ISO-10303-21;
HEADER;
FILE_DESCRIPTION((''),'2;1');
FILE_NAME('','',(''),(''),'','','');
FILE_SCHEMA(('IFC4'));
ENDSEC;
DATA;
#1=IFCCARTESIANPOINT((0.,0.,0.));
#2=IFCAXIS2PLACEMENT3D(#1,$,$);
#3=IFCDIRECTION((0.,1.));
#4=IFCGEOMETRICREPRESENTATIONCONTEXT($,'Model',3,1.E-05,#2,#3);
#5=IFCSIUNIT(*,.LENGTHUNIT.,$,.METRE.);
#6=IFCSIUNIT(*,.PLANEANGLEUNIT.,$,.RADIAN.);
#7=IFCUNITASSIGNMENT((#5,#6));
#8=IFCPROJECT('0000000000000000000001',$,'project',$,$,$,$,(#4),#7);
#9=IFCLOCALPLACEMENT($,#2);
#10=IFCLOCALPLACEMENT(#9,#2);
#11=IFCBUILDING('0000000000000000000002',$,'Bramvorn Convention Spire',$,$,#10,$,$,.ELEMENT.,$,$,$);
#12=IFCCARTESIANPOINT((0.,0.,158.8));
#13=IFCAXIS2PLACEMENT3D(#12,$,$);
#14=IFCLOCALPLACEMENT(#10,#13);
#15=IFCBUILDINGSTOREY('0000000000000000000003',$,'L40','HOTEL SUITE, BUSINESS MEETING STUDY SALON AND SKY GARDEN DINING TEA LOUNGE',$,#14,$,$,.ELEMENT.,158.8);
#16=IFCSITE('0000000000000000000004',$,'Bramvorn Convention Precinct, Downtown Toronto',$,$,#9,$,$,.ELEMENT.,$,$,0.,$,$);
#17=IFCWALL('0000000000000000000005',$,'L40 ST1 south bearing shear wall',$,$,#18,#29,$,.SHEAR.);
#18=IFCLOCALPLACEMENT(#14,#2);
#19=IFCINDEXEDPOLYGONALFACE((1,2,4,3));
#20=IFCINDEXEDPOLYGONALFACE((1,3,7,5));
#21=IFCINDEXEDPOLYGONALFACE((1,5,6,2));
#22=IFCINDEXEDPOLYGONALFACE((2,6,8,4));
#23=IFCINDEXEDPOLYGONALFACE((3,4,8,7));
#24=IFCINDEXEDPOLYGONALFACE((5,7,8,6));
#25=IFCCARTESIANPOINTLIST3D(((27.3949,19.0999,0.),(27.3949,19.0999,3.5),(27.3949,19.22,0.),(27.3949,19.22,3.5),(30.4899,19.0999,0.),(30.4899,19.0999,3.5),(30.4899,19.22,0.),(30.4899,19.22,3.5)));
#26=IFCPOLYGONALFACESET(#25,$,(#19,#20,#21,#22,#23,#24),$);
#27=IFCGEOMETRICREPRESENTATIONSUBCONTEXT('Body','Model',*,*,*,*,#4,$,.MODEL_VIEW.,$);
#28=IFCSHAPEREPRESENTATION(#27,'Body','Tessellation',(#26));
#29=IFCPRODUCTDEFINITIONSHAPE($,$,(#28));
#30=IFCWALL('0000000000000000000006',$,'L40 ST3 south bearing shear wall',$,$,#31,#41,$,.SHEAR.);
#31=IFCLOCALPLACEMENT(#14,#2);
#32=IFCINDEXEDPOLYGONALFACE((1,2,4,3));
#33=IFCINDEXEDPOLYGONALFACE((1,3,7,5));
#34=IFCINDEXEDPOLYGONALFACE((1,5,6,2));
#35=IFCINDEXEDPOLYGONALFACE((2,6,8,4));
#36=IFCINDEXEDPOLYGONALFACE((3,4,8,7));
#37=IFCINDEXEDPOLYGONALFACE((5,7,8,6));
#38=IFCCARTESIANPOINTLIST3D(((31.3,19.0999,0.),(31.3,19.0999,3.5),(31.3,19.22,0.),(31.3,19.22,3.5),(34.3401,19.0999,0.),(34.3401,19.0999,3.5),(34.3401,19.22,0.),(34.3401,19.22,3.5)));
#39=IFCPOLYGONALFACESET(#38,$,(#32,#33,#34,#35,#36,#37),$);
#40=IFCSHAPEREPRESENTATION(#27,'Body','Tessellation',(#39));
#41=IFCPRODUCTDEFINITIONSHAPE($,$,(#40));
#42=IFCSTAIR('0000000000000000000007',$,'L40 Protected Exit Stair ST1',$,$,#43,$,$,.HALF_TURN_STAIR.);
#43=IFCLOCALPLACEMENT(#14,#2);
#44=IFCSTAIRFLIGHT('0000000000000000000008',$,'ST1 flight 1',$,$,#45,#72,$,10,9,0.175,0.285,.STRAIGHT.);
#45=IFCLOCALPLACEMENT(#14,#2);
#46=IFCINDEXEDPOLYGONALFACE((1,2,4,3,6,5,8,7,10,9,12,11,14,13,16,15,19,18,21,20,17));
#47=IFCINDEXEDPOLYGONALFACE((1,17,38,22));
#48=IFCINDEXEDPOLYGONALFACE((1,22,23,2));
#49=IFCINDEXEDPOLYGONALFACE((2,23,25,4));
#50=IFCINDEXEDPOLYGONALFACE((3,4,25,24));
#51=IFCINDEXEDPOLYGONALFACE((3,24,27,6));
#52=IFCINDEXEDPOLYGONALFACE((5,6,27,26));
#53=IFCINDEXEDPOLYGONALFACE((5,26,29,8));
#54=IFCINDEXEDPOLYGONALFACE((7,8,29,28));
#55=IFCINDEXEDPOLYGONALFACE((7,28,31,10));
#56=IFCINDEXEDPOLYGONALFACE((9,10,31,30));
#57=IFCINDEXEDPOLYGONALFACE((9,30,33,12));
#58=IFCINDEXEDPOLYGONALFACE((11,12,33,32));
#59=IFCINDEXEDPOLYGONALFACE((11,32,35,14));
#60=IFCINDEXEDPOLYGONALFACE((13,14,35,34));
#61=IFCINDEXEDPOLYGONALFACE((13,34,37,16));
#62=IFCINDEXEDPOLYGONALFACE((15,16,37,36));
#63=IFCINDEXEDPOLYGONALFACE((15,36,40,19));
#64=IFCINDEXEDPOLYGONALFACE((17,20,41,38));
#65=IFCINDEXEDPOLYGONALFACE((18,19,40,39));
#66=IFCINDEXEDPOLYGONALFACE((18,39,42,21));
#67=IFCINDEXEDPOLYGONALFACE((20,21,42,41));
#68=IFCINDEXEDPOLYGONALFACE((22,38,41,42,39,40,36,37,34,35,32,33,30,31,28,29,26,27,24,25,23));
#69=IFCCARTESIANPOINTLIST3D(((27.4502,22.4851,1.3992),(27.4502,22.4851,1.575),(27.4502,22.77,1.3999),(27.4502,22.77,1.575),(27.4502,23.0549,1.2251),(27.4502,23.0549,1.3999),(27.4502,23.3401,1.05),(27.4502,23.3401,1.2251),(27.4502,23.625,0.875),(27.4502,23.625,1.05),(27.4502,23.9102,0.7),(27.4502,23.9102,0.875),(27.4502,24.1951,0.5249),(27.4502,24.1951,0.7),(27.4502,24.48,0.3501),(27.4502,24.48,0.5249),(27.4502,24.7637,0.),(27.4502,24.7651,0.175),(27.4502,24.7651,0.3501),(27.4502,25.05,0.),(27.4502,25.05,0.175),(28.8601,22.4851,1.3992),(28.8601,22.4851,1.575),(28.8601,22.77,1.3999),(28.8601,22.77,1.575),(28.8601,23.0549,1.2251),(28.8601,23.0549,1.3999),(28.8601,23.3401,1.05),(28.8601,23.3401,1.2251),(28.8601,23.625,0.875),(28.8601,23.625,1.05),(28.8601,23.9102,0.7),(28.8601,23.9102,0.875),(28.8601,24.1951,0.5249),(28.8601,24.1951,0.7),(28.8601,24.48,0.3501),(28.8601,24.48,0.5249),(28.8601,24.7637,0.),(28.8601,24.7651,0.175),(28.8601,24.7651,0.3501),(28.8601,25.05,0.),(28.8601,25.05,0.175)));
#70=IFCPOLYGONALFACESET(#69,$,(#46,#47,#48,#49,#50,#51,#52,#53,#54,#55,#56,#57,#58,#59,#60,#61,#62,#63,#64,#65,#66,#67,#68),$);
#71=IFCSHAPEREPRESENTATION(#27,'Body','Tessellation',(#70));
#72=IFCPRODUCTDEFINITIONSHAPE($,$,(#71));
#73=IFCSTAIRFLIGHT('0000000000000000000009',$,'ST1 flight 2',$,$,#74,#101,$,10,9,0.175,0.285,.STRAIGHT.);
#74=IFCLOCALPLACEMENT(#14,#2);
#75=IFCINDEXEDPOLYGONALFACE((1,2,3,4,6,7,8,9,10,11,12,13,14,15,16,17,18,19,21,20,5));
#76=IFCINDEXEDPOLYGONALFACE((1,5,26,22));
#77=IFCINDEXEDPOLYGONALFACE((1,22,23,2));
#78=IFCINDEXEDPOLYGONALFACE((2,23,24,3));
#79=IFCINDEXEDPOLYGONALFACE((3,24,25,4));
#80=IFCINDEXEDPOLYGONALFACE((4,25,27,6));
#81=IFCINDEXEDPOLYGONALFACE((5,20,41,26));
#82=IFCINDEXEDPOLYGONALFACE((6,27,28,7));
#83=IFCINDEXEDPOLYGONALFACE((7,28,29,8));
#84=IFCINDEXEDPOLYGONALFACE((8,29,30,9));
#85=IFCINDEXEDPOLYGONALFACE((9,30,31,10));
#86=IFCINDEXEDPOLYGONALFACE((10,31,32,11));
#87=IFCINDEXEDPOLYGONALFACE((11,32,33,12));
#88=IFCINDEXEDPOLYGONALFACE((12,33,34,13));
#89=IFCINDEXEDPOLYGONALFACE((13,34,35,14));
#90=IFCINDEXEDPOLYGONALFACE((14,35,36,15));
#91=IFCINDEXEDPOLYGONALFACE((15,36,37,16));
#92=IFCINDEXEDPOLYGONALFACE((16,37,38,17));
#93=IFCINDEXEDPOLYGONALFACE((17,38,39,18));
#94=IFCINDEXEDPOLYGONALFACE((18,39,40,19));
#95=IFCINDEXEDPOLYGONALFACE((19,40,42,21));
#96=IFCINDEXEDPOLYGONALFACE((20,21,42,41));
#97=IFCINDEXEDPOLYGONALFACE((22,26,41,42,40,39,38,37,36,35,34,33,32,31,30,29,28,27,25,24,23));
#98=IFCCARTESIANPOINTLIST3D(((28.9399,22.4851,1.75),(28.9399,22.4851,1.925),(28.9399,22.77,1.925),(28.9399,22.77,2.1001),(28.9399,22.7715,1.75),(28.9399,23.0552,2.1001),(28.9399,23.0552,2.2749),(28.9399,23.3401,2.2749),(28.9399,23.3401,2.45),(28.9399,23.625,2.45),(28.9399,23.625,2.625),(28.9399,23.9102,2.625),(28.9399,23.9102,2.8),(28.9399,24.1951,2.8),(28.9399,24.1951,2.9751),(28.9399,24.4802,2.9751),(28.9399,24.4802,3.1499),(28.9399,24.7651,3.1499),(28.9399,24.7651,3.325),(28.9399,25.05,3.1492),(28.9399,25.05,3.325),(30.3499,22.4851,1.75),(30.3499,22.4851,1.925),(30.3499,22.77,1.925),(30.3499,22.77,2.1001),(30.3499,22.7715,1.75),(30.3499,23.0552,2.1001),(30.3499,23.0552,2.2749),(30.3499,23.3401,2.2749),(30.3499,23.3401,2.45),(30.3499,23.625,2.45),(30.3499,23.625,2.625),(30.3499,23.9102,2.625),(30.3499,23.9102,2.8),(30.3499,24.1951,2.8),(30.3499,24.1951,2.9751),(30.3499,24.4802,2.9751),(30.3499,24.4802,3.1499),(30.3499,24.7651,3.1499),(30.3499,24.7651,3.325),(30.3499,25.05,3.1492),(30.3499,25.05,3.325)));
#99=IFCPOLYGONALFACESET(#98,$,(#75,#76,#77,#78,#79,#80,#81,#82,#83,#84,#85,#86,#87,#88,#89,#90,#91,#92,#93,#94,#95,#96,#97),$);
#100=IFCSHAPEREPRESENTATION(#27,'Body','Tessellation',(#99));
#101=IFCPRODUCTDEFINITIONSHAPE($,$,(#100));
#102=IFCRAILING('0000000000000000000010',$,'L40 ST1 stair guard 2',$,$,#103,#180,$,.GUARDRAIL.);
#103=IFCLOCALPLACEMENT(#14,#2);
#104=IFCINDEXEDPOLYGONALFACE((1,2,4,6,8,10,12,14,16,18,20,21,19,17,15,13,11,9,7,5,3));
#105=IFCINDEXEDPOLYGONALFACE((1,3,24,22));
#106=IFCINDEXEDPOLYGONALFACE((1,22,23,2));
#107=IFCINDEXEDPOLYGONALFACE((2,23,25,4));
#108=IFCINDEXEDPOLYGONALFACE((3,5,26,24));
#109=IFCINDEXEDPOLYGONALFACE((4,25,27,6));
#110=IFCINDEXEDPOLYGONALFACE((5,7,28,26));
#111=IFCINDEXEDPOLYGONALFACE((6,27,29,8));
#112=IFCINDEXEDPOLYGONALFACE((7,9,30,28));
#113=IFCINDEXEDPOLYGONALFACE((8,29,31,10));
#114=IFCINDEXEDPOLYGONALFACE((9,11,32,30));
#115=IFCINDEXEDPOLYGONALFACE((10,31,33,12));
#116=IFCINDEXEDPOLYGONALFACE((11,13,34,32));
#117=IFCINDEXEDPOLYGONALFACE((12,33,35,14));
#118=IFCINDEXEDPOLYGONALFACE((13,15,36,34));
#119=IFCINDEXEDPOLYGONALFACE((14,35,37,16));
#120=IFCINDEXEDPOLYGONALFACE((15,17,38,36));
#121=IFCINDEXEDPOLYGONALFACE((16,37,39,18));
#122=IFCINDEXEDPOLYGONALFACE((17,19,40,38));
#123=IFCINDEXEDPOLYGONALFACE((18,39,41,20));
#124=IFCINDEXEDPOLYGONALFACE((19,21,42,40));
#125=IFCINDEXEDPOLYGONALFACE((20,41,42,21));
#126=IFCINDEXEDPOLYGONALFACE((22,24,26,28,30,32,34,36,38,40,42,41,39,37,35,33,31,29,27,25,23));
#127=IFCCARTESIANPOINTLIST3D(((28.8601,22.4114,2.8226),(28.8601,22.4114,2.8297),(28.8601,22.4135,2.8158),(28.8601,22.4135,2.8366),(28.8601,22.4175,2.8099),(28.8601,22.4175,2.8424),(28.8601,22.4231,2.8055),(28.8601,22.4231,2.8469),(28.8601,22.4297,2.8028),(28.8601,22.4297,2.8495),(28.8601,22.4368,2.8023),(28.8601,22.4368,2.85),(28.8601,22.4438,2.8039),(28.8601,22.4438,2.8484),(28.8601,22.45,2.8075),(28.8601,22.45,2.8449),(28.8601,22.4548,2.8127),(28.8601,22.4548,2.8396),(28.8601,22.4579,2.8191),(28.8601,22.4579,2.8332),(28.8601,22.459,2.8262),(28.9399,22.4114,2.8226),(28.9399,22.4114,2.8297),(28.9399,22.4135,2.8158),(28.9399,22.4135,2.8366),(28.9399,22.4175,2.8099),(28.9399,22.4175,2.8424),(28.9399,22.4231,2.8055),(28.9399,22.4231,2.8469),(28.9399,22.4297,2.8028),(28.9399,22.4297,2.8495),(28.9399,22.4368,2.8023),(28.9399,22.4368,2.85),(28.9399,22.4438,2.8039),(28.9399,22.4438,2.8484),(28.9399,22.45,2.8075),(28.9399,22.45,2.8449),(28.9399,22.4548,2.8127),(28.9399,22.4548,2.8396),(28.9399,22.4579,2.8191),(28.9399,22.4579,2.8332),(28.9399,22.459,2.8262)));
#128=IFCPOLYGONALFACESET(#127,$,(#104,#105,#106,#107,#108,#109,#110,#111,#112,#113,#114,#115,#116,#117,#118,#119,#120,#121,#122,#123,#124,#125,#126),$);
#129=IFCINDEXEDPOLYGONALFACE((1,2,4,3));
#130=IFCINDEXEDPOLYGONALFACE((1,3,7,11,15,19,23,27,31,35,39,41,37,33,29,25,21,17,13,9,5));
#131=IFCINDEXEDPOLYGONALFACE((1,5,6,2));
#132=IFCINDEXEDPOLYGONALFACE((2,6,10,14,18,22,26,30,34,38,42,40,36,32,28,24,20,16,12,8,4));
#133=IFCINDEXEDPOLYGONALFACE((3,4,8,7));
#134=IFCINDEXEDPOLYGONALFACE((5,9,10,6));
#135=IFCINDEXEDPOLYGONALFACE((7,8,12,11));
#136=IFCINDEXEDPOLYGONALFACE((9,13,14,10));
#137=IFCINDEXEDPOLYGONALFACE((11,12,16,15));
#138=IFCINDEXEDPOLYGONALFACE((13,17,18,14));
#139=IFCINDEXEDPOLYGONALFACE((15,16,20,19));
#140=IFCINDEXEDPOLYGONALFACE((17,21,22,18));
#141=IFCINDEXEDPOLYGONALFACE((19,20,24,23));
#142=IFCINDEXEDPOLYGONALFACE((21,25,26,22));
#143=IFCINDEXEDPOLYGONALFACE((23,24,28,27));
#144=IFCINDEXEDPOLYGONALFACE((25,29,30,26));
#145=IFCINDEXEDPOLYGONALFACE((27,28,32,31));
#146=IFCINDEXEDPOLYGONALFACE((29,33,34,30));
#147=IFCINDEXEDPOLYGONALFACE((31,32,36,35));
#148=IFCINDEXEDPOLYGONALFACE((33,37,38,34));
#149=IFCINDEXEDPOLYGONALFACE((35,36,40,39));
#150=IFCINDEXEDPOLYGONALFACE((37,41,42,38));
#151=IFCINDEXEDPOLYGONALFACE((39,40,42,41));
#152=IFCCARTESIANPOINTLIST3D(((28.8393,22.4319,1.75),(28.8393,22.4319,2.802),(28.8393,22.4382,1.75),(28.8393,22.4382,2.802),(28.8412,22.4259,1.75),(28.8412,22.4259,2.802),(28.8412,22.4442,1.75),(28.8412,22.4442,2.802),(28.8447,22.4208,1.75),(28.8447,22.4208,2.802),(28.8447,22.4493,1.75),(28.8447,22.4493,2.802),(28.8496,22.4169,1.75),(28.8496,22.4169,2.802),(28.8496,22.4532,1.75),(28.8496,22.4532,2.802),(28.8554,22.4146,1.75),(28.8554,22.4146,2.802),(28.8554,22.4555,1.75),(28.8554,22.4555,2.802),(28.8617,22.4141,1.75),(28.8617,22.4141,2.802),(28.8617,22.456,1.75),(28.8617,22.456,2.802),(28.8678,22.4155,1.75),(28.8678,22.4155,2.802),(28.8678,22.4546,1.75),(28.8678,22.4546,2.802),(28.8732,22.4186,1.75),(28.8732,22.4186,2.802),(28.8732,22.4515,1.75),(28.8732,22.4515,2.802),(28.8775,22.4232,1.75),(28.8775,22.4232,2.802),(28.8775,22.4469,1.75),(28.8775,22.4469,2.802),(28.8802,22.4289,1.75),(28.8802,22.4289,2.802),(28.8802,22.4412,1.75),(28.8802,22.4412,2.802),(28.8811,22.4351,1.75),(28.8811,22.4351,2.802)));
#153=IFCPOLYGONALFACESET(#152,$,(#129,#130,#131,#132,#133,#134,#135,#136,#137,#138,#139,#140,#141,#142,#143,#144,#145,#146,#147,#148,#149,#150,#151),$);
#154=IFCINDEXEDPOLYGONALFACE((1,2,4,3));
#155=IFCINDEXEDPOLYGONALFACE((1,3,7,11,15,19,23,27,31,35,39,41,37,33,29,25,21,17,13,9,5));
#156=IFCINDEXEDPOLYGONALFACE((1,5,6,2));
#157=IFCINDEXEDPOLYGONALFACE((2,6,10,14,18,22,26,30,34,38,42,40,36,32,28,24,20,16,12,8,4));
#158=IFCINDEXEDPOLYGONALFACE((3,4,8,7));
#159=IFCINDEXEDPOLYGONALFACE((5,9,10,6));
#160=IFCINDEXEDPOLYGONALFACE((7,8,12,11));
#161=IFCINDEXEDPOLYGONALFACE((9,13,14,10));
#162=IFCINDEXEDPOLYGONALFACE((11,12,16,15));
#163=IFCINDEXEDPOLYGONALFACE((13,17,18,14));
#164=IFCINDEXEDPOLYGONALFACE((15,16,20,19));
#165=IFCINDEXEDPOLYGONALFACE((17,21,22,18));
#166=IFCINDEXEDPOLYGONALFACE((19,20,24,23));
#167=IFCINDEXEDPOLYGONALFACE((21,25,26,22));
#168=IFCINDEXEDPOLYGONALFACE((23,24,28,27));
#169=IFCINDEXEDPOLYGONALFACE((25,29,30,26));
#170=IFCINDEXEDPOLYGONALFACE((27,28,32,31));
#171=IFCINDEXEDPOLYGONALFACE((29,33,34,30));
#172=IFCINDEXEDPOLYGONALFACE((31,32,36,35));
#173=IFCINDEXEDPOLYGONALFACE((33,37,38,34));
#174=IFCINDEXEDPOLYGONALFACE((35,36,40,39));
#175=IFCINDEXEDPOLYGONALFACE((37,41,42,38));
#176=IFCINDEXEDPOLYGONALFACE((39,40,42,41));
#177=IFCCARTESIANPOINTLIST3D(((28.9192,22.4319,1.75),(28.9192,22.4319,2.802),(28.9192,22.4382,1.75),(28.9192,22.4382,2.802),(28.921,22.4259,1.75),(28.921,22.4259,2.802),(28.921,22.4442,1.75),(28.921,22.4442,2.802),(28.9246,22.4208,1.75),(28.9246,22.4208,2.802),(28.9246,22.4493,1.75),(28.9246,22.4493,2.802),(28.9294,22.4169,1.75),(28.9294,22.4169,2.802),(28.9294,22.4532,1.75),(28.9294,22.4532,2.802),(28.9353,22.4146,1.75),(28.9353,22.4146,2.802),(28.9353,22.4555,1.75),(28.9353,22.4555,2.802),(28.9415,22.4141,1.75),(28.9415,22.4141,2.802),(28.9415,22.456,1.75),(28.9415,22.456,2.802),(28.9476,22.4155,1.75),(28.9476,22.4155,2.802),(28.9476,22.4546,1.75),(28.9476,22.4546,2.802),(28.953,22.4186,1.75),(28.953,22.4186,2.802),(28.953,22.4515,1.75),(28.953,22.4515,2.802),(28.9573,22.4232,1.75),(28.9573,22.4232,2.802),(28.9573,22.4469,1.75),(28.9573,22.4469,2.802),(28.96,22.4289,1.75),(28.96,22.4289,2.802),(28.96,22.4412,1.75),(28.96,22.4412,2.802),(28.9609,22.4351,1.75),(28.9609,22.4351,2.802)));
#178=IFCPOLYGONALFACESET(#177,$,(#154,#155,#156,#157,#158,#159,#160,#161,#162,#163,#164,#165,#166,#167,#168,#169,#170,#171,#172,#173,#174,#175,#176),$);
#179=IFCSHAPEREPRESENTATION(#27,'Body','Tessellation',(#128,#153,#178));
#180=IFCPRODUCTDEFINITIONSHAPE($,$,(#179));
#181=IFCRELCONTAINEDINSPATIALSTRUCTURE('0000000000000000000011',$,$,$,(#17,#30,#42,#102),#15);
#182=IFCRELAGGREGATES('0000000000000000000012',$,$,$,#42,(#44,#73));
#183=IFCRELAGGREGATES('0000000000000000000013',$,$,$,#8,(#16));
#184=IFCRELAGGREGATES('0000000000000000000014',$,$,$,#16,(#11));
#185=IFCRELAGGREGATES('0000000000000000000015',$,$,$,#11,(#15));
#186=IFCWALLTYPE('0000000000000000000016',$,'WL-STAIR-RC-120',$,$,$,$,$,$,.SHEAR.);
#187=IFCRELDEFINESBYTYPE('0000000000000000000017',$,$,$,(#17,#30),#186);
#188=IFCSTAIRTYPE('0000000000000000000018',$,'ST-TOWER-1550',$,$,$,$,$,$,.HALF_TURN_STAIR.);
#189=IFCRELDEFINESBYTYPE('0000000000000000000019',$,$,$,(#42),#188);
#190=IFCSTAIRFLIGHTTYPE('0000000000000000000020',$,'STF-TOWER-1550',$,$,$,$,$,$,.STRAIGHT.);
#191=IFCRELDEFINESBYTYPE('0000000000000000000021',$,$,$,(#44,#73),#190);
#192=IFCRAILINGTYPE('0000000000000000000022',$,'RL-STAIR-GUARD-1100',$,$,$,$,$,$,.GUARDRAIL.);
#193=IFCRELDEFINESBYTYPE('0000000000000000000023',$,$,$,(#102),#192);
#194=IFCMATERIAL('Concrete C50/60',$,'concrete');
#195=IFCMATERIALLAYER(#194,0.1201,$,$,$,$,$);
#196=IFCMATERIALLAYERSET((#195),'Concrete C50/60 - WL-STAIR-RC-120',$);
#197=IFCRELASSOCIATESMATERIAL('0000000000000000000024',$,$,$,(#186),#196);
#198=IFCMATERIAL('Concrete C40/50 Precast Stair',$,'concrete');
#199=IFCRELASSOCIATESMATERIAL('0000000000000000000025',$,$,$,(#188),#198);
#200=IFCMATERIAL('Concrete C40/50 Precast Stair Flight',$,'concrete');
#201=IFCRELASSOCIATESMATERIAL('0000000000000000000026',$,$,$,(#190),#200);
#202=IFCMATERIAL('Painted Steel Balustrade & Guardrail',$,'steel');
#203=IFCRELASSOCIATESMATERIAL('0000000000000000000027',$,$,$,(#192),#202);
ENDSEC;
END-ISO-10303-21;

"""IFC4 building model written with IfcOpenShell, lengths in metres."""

from ifc_helpers import new_model, si_unit, direction, frame, frame_2d, origin, origin_2d, place, context, subcontext, project, spatial, polyline, rectangle, circle, outline, extrude, material, layer, layer_set, type_object, element, aggregate, save


model = new_model("IFC4")

# Units and contexts
model_context = context("Model", 3, precision=1e-05, world=origin(), true_north=direction((0.0, 1.0)))
body_context = subcontext(model_context, "Body", "Model", "MODEL_VIEW")
ifc_project = project(units=[si_unit("LENGTHUNIT", "METRE"), si_unit("PLANEANGLEUNIT", "RADIAN")], contexts=[model_context])

# Site, building, storey
site_placement = place(None, origin())
site = spatial("IfcSite", under=ifc_project, at=site_placement, Name="Bramvorn Convention Precinct, Downtown Toronto", CompositionType="ELEMENT", RefElevation=0.0)
building_placement = place(site_placement, origin())
building = spatial("IfcBuilding", under=site, at=building_placement, Name="Bramvorn Convention Spire", CompositionType="ELEMENT")
storey_placement = place(building_placement, frame((0.0, 0.0, 158.8)))
storey = spatial("IfcBuildingStorey", under=building, at=storey_placement, Name="L40", Description="HOTEL SUITE, BUSINESS MEETING STUDY SALON AND SKY GARDEN DINING TEA LOUNGE", CompositionType="ELEMENT", Elevation=158.8)

# Walls
ifc_material_1 = material(Name="Concrete C50/60", Category="concrete")
ifc_layer_1 = layer(ifc_material_1, 0.1201)
ifc_layer_set_1 = layer_set([ifc_layer_1], Name="Concrete C50/60 - WL-STAIR-RC-120")
wall_type_1 = type_object("IfcWallType", Name="WL-STAIR-RC-120", PredefinedType="SHEAR", material=ifc_layer_set_1)
wall_1_placement = place(storey_placement, frame((27.395, 19.1599, 0.0), z_axis=(0.0, 0.0, 1.0), x_axis=(1.0, 0.0, 0.0)))
element("IfcWall", 1, at=wall_1_placement, inside=storey, type_object=wall_type_1, Name="L40 ST1 south bearing shear wall", PredefinedType="SHEAR", context=body_context, shape_type="SweptSolid", body=[
    extrude(rectangle(XDim=3.095, YDim=0.1201, at=frame_2d((1.5474, 0.0))), origin(), (0.0, 0.0, 1.0), 3.5),
])
wall_2_placement = place(storey_placement, frame((31.3, 19.1599, 0.0), z_axis=(0.0, 0.0, 1.0), x_axis=(1.0, 0.0, 0.0)))
element("IfcWall", 2, at=wall_2_placement, inside=storey, type_object=wall_type_1, Name="L40 ST3 south bearing shear wall", PredefinedType="SHEAR", context=body_context, shape_type="SweptSolid", body=[
    extrude(rectangle(XDim=3.04, YDim=0.1201, at=frame_2d((1.52, 0.0))), origin(), (0.0, 0.0, 1.0), 3.5),
])

# Stair, stair flights
ifc_material_2 = material(Name="Concrete C40/50 Precast Stair", Category="concrete")
stair_type = type_object("IfcStairType", Name="ST-TOWER-1550", PredefinedType="HALF_TURN_STAIR", material=ifc_material_2)
stair_placement = place(storey_placement, origin())
stair = element("IfcStair", 3, at=stair_placement, inside=storey, type_object=stair_type, Name="L40 Protected Exit Stair ST1", PredefinedType="HALF_TURN_STAIR")
ifc_material_3 = material(Name="Concrete C40/50 Precast Stair Flight", Category="concrete")
stair_flight_type = type_object("IfcStairFlightType", Name="STF-TOWER-1550", PredefinedType="STRAIGHT", material=ifc_material_3)
stair_flight_1_placement = place(storey_placement, frame((28.155, 25.05, 0.0), z_axis=(0.0, 0.0, 1.0), x_axis=(0.0, -1.0, 0.0)))
stair_flight_1 = element("IfcStairFlight", 4, at=stair_flight_1_placement, type_object=stair_flight_type, Name="ST1 flight 1", NumberOfRisers=10, NumberOfTreads=9, PredefinedType="STRAIGHT", RiserHeight=0.175, TreadLength=0.285, context=body_context, shape_type="SweptSolid", body=[
    extrude(outline(polyline([(0.0, 0.0), (0.0, 0.175), (0.2849, 0.175), (0.2849, 0.3501), (0.5701, 0.3501), (0.5701, 0.5249), (0.855, 0.5249), (0.855, 0.7), (1.1399, 0.7), (1.1399, 0.875), (1.425, 0.875), (1.425, 1.05), (1.71, 1.05), (1.71, 1.2251), (1.9951, 1.2251), (1.9951, 1.3999), (2.28, 1.3999), (2.28, 1.575), (2.5649, 1.575), (2.5649, 1.75), (2.5649, 1.3992), (0.2864, 0.0), (0.0, 0.0)])), frame((0.0, 0.7051, 0.0), z_axis=(0.0, -1.0, 0.0), x_axis=(1.0, 0.0, 0.0)), (0.0, 0.0, 1.0), 1.4099),
])
stair_flight_2_placement = place(storey_placement, frame((29.645, 22.4851, 1.75), z_axis=(0.0, 0.0, 1.0), x_axis=(0.0, 1.0, 0.0)))
stair_flight_2 = element("IfcStairFlight", 5, at=stair_flight_2_placement, type_object=stair_flight_type, Name="ST1 flight 2", NumberOfRisers=10, NumberOfTreads=9, PredefinedType="STRAIGHT", RiserHeight=0.175, TreadLength=0.285, context=body_context, shape_type="SweptSolid", body=[
    extrude(outline(polyline([(0.0, 0.0), (0.0, 0.175), (0.2849, 0.175), (0.2849, 0.3501), (0.5701, 0.3501), (0.5701, 0.5249), (0.855, 0.5249), (0.855, 0.7), (1.1399, 0.7), (1.1399, 0.875), (1.425, 0.875), (1.425, 1.05), (1.71, 1.05), (1.71, 1.2251), (1.9951, 1.2251), (1.9951, 1.3999), (2.28, 1.3999), (2.28, 1.575), (2.5649, 1.575), (2.5649, 1.75), (2.5649, 1.3992), (0.2864, 0.0), (0.0, 0.0)])), frame((0.0, 0.7051, 0.0), z_axis=(0.0, -1.0, 0.0), x_axis=(1.0, 0.0, 0.0)), (0.0, 0.0, 1.0), 1.4099),
])
aggregate(stair, [stair_flight_1, stair_flight_2])

# Railing
ifc_material_4 = material(Name="Painted Steel Balustrade & Guardrail", Category="steel")
railing_type_1 = type_object("IfcRailingType", Name="RL-STAIR-GUARD-1100", PredefinedType="GUARDRAIL", material=ifc_material_4)
railing_1_placement = place(storey_placement, frame((28.8601, 22.4351, 1.75)))
element("IfcRailing", 6, at=railing_1_placement, inside=storey, type_object=railing_type_1, Name="L40 ST1 stair guard 2", PredefinedType="GUARDRAIL", context=body_context, shape_type="SweptSolid", body=[
    extrude(circle(Radius=0.0239, at=origin_2d()), frame((0.0, 0.0, 1.0762), z_axis=(1.0, 0.0, 0.0), x_axis=(0.0, 1.0, 0.0)), (0.0, 0.0, 1.0), 0.0798),
    extrude(circle(Radius=0.021, at=origin_2d()), origin(), (0.0, 0.0, 1.0), 1.052),
    extrude(circle(Radius=0.021, at=origin_2d()), frame((0.0798, 0.0, 0.0)), (0.0, 0.0, 1.0), 1.052),
])

save(model, "model.ifc")
